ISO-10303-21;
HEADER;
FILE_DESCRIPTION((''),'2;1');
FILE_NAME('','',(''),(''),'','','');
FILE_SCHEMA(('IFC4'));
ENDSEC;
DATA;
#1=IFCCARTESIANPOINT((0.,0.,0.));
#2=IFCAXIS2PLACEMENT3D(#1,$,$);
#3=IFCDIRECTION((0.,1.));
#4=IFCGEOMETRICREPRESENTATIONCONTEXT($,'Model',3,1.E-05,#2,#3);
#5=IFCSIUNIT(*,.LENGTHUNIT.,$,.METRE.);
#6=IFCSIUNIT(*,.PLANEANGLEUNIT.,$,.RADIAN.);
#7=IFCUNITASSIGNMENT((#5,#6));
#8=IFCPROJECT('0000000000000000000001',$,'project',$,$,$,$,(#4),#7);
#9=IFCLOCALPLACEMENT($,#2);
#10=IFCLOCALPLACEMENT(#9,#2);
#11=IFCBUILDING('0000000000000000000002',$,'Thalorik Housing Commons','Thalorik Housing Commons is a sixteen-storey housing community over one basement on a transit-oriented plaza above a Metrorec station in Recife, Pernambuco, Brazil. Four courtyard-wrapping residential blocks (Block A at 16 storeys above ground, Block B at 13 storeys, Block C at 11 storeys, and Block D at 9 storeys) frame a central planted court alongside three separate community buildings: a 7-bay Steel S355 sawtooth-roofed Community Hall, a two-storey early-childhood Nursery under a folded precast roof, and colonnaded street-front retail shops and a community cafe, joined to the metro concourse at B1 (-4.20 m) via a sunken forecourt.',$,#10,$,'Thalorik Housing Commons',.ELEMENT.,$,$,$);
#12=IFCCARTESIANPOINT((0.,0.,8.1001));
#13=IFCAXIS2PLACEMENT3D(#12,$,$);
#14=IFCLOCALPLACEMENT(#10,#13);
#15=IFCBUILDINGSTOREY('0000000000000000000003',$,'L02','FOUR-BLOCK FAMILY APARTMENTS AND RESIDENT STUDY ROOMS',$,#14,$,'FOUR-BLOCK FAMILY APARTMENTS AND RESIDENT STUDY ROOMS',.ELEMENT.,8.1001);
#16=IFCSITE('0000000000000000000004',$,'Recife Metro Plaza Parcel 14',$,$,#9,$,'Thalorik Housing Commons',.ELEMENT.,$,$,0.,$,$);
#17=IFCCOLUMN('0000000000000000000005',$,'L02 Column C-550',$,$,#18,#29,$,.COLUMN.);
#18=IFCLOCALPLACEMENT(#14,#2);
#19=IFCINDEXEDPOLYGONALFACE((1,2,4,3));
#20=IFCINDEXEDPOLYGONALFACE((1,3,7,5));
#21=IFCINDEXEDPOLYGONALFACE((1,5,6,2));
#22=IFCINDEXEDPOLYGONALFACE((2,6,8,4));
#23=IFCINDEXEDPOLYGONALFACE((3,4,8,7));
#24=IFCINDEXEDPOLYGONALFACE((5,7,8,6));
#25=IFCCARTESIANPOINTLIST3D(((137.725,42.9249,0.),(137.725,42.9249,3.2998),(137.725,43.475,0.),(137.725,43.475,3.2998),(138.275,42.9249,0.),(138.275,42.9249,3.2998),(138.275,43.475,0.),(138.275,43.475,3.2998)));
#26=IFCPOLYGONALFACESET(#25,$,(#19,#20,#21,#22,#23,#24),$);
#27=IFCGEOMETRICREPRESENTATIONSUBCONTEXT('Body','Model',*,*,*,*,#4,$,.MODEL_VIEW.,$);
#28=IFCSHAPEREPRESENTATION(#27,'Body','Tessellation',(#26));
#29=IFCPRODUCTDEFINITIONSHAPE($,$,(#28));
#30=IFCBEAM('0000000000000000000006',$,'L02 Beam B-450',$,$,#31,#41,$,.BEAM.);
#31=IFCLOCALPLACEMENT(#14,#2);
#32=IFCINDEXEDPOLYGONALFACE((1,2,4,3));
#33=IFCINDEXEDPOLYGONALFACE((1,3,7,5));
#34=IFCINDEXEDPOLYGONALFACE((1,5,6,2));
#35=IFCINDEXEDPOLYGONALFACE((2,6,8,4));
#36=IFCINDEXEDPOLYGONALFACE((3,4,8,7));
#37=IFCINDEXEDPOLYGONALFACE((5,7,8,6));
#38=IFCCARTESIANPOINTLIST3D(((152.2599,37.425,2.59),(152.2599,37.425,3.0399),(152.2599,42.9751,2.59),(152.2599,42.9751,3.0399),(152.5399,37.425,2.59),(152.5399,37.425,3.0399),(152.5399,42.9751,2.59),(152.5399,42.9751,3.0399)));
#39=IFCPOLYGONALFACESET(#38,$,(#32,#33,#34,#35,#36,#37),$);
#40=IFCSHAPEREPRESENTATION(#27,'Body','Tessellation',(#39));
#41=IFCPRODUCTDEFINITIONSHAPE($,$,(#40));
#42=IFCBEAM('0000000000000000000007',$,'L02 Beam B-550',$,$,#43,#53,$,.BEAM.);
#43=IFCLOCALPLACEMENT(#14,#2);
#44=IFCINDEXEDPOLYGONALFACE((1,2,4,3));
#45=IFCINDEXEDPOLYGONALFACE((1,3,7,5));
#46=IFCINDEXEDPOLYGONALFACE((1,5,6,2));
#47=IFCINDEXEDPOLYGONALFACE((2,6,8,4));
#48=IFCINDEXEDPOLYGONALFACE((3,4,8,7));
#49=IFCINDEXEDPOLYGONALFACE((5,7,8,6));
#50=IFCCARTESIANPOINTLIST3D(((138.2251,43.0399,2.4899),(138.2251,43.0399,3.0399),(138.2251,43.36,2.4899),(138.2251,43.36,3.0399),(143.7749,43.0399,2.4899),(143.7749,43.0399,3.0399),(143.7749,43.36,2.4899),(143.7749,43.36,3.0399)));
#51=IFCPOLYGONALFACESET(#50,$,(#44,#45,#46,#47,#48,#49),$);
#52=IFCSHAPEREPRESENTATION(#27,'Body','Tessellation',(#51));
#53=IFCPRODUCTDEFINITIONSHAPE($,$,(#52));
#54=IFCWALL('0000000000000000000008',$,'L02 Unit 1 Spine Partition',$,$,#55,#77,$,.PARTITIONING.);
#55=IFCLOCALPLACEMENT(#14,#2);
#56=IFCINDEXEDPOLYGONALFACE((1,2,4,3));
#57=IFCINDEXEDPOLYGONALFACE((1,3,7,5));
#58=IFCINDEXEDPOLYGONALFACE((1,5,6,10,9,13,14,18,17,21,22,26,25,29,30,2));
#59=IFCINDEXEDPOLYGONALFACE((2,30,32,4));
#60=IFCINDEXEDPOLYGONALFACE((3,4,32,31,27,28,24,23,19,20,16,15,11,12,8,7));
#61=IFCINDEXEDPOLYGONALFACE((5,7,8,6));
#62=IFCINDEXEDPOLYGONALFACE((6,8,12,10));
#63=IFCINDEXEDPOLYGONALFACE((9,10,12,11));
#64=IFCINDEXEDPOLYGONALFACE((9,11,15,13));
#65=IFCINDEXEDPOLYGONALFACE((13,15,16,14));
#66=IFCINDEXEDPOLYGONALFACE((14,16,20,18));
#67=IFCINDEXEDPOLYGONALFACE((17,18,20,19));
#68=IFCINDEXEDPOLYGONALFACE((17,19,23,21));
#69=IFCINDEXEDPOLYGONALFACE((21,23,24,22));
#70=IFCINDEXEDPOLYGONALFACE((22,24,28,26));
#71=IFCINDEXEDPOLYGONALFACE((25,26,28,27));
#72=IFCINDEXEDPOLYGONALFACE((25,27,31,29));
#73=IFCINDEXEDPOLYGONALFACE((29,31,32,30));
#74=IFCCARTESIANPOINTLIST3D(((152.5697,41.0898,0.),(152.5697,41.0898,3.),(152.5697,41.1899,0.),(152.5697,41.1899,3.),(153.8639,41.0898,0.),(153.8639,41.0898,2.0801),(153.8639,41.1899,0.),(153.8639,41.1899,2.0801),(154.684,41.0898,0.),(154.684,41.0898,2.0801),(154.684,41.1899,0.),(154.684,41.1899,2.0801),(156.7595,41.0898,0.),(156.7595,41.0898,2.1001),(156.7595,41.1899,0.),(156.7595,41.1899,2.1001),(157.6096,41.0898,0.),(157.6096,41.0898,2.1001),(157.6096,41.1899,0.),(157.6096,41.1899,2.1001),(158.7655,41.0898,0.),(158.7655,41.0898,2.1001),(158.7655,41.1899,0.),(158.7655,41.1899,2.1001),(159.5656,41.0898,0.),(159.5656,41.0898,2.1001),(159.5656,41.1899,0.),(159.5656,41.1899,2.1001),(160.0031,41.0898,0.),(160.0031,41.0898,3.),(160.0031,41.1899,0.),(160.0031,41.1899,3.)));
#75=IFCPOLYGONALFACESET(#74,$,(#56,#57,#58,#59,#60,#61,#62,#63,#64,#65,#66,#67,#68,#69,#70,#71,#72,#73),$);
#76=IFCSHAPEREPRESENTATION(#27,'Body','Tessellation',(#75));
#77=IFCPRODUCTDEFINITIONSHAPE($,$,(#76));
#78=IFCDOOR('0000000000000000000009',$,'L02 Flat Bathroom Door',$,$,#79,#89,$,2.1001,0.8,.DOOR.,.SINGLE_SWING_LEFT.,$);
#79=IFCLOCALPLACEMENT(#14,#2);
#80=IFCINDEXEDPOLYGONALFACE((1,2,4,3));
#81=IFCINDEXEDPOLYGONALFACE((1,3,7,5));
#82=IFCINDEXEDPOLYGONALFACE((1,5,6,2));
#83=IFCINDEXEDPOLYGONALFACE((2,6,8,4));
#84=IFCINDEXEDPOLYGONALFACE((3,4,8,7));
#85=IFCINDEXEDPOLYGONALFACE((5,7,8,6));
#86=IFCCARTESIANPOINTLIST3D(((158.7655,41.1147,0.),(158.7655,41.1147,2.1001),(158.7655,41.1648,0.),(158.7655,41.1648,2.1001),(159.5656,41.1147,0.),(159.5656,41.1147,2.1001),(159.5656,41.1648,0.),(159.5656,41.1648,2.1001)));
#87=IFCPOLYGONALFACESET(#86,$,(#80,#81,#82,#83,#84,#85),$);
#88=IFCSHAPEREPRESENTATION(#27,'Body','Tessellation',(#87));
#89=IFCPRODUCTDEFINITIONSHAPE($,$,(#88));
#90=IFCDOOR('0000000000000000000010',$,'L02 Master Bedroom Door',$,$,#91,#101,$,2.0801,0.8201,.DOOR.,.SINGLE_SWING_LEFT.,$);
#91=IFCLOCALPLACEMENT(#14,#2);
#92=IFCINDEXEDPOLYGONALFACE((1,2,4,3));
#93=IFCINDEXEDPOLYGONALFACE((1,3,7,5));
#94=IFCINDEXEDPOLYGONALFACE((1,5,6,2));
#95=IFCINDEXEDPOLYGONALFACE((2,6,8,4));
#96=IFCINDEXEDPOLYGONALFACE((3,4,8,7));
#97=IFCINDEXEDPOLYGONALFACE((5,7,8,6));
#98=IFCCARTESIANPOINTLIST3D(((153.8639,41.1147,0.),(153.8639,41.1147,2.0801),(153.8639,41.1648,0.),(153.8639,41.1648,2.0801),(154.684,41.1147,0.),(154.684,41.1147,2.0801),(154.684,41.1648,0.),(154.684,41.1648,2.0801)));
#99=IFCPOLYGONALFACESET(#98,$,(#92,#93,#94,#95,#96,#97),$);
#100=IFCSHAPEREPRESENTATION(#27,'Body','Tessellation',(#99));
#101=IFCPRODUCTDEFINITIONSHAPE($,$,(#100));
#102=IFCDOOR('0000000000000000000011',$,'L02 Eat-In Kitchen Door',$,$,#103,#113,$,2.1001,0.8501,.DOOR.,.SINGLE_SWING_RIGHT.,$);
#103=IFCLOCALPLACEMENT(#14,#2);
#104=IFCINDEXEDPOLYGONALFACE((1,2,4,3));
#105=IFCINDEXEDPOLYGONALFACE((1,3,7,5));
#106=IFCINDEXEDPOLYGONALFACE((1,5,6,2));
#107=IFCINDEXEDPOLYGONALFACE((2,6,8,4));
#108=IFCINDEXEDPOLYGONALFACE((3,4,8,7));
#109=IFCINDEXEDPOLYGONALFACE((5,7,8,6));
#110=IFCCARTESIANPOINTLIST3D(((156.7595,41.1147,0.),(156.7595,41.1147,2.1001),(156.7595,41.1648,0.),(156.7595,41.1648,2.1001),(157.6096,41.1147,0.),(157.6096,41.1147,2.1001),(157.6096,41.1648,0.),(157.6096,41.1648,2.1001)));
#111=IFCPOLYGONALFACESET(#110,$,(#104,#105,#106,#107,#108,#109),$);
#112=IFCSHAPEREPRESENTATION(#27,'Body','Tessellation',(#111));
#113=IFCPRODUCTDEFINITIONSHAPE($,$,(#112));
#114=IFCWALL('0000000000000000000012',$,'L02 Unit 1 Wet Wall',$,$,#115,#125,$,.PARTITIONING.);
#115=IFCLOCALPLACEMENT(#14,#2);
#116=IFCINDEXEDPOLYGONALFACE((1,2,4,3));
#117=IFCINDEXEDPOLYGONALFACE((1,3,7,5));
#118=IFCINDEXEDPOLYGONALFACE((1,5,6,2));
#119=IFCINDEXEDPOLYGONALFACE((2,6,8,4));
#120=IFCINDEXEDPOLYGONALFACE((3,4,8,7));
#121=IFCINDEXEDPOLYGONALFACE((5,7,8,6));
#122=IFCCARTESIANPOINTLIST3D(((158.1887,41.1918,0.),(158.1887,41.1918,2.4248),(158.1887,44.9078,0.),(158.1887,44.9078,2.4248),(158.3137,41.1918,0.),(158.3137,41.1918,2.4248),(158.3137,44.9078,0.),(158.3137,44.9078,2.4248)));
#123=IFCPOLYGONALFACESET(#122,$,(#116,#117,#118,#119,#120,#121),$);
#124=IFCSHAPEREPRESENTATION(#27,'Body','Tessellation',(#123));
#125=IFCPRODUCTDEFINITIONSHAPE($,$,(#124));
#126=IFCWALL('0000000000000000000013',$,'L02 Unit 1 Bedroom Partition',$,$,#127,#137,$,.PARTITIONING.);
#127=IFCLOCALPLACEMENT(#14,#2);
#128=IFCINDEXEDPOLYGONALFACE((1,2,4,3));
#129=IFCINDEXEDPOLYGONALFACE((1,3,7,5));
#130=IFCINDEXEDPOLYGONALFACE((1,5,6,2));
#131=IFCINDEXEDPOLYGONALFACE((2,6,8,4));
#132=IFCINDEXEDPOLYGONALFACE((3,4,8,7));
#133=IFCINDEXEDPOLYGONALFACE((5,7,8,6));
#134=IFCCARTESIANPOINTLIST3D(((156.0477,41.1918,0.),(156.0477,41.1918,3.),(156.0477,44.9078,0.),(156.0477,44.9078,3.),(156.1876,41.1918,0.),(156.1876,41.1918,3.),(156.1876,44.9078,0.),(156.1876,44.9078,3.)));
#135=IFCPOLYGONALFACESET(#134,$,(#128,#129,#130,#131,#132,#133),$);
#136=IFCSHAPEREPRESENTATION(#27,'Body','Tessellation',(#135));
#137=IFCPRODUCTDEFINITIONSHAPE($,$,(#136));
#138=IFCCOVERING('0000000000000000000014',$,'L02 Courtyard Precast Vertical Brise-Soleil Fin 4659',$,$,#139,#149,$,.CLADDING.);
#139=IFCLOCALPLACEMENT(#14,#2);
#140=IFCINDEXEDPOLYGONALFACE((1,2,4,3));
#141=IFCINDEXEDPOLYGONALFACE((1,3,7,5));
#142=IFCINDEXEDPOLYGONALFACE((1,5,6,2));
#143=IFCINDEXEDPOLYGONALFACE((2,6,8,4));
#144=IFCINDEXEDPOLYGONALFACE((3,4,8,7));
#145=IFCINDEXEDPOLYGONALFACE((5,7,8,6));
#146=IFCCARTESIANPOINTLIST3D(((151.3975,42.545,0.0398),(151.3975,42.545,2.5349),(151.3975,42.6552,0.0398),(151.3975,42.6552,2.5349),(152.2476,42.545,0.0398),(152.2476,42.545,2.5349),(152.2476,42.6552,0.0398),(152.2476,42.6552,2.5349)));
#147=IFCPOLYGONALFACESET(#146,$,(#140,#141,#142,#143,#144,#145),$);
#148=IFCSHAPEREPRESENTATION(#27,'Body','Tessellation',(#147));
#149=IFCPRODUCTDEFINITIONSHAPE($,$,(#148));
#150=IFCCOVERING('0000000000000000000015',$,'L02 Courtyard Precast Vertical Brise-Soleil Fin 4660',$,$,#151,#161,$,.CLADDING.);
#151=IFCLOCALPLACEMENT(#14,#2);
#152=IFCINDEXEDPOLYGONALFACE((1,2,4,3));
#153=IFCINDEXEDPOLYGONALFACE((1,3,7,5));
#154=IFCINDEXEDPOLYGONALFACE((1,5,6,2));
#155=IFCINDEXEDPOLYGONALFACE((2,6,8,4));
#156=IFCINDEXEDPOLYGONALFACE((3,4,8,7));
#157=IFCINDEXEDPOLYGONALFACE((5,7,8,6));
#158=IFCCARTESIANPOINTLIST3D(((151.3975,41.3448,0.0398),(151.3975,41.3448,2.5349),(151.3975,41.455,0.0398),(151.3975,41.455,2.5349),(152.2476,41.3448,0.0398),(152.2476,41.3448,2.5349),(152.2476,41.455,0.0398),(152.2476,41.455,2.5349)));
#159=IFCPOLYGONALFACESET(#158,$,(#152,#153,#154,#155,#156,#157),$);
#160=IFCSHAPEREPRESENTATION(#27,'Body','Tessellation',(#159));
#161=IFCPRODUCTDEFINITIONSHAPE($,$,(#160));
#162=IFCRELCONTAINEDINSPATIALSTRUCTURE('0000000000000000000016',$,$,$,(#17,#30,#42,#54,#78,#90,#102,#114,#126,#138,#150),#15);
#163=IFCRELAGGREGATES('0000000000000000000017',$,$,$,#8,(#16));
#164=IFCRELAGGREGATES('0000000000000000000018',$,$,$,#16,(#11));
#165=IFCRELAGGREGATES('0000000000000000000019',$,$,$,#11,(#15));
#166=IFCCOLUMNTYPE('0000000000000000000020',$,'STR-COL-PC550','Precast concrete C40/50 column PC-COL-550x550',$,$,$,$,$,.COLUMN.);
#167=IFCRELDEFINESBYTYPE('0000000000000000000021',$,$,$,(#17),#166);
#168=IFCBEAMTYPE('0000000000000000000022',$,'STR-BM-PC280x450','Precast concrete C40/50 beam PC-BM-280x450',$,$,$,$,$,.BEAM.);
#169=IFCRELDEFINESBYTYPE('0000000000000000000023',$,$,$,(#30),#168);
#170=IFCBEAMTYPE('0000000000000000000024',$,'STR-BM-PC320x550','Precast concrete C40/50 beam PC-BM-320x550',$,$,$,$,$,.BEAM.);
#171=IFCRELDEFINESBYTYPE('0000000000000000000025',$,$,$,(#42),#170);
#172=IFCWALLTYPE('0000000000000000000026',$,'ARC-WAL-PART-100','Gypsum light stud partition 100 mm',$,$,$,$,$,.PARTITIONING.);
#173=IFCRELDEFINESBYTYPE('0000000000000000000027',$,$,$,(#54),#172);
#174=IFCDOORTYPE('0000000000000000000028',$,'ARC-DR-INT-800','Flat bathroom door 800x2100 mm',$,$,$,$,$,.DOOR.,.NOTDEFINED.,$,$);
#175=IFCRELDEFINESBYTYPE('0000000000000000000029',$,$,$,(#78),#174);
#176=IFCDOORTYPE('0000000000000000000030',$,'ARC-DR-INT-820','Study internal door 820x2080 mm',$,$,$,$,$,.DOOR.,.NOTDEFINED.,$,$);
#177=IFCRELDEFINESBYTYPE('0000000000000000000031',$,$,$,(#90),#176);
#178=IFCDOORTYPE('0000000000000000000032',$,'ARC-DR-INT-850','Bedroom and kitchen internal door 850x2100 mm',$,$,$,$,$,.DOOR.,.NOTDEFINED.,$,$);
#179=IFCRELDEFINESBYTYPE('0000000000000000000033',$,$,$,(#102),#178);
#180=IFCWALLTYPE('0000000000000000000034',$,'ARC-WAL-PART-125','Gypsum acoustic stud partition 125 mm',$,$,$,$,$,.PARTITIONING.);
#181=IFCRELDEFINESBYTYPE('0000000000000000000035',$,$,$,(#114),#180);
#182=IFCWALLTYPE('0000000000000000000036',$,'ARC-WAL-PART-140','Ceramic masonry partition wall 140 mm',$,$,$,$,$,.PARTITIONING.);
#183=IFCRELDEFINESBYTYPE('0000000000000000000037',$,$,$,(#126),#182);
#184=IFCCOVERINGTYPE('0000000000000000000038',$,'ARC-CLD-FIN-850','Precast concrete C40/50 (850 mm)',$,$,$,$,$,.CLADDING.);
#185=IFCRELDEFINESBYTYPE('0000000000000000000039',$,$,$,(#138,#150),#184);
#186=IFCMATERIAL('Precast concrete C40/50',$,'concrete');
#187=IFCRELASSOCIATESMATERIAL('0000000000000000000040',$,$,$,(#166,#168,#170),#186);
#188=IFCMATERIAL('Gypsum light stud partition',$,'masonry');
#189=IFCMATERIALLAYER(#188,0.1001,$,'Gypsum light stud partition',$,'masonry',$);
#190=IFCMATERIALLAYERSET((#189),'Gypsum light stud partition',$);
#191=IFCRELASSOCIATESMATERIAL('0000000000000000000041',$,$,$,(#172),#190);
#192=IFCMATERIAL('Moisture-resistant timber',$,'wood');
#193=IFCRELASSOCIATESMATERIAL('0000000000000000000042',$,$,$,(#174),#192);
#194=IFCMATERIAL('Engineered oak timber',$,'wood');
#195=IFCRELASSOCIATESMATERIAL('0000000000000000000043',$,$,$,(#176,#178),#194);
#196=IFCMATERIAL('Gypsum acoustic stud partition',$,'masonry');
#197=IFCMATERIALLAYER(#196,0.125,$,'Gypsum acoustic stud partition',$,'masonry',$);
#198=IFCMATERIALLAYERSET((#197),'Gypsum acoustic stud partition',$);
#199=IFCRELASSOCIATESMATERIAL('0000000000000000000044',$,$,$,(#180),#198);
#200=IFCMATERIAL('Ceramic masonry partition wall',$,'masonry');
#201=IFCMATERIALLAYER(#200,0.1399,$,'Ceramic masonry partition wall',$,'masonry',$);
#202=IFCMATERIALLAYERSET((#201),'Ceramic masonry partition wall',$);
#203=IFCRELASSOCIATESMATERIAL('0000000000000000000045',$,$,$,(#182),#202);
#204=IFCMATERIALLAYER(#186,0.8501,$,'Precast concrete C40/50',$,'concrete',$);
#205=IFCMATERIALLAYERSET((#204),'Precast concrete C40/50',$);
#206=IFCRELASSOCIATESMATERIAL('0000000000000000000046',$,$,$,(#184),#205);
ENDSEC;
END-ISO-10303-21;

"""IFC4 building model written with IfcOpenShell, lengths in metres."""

from ifc_helpers import new_model, si_unit, direction, frame, frame_2d, origin, origin_2d, place, context, subcontext, project, spatial, rectangle, extrude, material, layer, layer_set, material_profile, profile_set, type_object, element, fill, save


model = new_model("IFC4")

# Units and contexts
model_context = context("Model", 3, precision=1e-05, world=origin(), true_north=direction((0.0, 1.0)))
body_context = subcontext(model_context, "Body", "Model", "MODEL_VIEW")
ifc_project = project(units=[si_unit("LENGTHUNIT", "METRE"), si_unit("PLANEANGLEUNIT", "RADIAN")], contexts=[model_context])

# Site, building, storey
site_placement = place(None, origin())
site = spatial("IfcSite", under=ifc_project, at=site_placement, Name="Recife Metro Plaza Parcel 14", LongName="Thalorik Housing Commons", CompositionType="ELEMENT", RefElevation=0.0)
building_placement = place(site_placement, origin())
building = spatial("IfcBuilding", under=site, at=building_placement, Name="Thalorik Housing Commons", Description="Thalorik Housing Commons is a sixteen-storey housing community over one basement on a transit-oriented plaza above a Metrorec station in Recife, Pernambuco, Brazil. Four courtyard-wrapping residential blocks (Block A at 16 storeys above ground, Block B at 13 storeys, Block C at 11 storeys, and Block D at 9 storeys) frame a central planted court alongside three separate community buildings: a 7-bay Steel S355 sawtooth-roofed Community Hall, a two-storey early-childhood Nursery under a folded precast roof, and colonnaded street-front retail shops and a community cafe, joined to the metro concourse at B1 (-4.20 m) via a sunken forecourt.", LongName="Thalorik Housing Commons", CompositionType="ELEMENT")
storey_placement = place(building_placement, frame((0.0, 0.0, 8.1001)))
storey = spatial("IfcBuildingStorey", under=building, at=storey_placement, Name="L02", Description="FOUR-BLOCK FAMILY APARTMENTS AND RESIDENT STUDY ROOMS", LongName="FOUR-BLOCK FAMILY APARTMENTS AND RESIDENT STUDY ROOMS", CompositionType="ELEMENT", Elevation=8.1001)

# Column
ifc_material_1 = material(Name="Precast concrete C40/50", Category="concrete")
ifc_material_profile_1 = material_profile(ifc_material_1, rectangle(XDim=0.55, YDim=0.55, at=origin_2d()), Name="PC 550x550", Category="concrete")
ifc_profile_set_1 = profile_set([ifc_material_profile_1], Name="Precast concrete C40/50")
column_type = type_object("IfcColumnType", Name="STR-COL-PC550", Description="Precast concrete C40/50 column PC-COL-550x550", PredefinedType="COLUMN", material=ifc_profile_set_1)
column_placement = place(storey_placement, frame((138.0, 43.2, 0.0), z_axis=(0.0, 0.0, 1.0), x_axis=(1.0, 0.0, 0.0)))
element("IfcColumn", 1, at=column_placement, inside=storey, type_object=column_type, Name="L02 Column C-550", PredefinedType="COLUMN", context=body_context, shape_type="SweptSolid", body=[
    extrude(rectangle(XDim=0.55, YDim=0.55, at=origin_2d()), origin(), (0.0, 0.0, 1.0), 3.2998),
])

# Beams
ifc_material_profile_2 = material_profile(ifc_material_1, rectangle(XDim=0.28, YDim=0.45, at=origin_2d()), Name="PC 280x450", Category="concrete")
ifc_profile_set_2 = profile_set([ifc_material_profile_2], Name="Precast concrete C40/50")
beam_type_1 = type_object("IfcBeamType", Name="STR-BM-PC280x450", Description="Precast concrete C40/50 beam PC-BM-280x450", PredefinedType="BEAM", material=ifc_profile_set_2)
beam_1_placement = place(storey_placement, frame((152.3999, 37.425, 2.8149), z_axis=(0.0, 1.0, 0.0), x_axis=(-1.0, 0.0, 0.0)))
element("IfcBeam", 2, at=beam_1_placement, inside=storey, type_object=beam_type_1, Name="L02 Beam B-450", PredefinedType="BEAM", context=body_context, shape_type="SweptSolid", body=[
    extrude(rectangle(XDim=0.28, YDim=0.45, at=origin_2d()), origin(), (0.0, 0.0, 1.0), 5.55),
])
ifc_material_profile_3 = material_profile(ifc_material_1, rectangle(XDim=0.3201, YDim=0.55, at=origin_2d()), Name="PC 320x550", Category="concrete")
ifc_profile_set_3 = profile_set([ifc_material_profile_3], Name="Precast concrete C40/50")
beam_type_2 = type_object("IfcBeamType", Name="STR-BM-PC320x550", Description="Precast concrete C40/50 beam PC-BM-320x550", PredefinedType="BEAM", material=ifc_profile_set_3)
beam_2_placement = place(storey_placement, frame((138.2251, 43.2, 2.7649), z_axis=(1.0, 0.0, 0.0), x_axis=(0.0, 1.0, 0.0)))
element("IfcBeam", 3, at=beam_2_placement, inside=storey, type_object=beam_type_2, Name="L02 Beam B-550", PredefinedType="BEAM", context=body_context, shape_type="SweptSolid", body=[
    extrude(rectangle(XDim=0.3201, YDim=0.55, at=origin_2d()), origin(), (0.0, 0.0, 1.0), 5.5498),
])

# Wall, openings, doors
ifc_material_2 = material(Name="Gypsum light stud partition", Category="masonry")
ifc_layer_1 = layer(ifc_material_2, 0.1001, Name="Gypsum light stud partition", Category="masonry")
ifc_layer_set_1 = layer_set([ifc_layer_1], Name="Gypsum light stud partition")
wall_type_1 = type_object("IfcWallType", Name="ARC-WAL-PART-100", Description="Gypsum light stud partition 100 mm", PredefinedType="PARTITIONING", material=ifc_layer_set_1)
wall_1_placement = place(storey_placement, frame((152.5696, 41.1399, 0.0), z_axis=(0.0, 0.0, 1.0), x_axis=(1.0, 0.0, 0.0)))
wall_1 = element("IfcWall", 4, at=wall_1_placement, inside=storey, type_object=wall_type_1, Name="L02 Unit 1 Spine Partition", PredefinedType="PARTITIONING", context=body_context, shape_type="SweptSolid", body=[
    extrude(rectangle(XDim=7.4333, YDim=0.1001, at=frame_2d((3.7168, 0.0))), origin(), (0.0, 0.0, 1.0), 3.0),
])
opening_1_placement = place(wall_1_placement, frame((1.2942, 0.0, 0.0)))
opening_1 = element("IfcOpeningElement", 5, at=opening_1_placement, cuts=wall_1, PredefinedType="OPENING", context=body_context, shape_type="SweptSolid", body=[
    extrude(rectangle(XDim=0.8201, YDim=2.0801, at=frame_2d((0.4102, 1.04))), frame((0.0, 0.0601, 0.0), z_axis=(0.0, -1.0, 0.0), x_axis=(1.0, 0.0, 0.0)), (0.0, 0.0, 1.0), 0.1201),
])
opening_2_placement = place(wall_1_placement, frame((4.1899, 0.0, 0.0)))
opening_2 = element("IfcOpeningElement", 6, at=opening_2_placement, cuts=wall_1, PredefinedType="OPENING", context=body_context, shape_type="SweptSolid", body=[
    extrude(rectangle(XDim=0.8501, YDim=2.1001, at=frame_2d((0.425, 1.05))), frame((0.0, 0.0601, 0.0), z_axis=(0.0, -1.0, 0.0), x_axis=(1.0, 0.0, 0.0)), (0.0, 0.0, 1.0), 0.1201),
])
opening_3_placement = place(wall_1_placement, frame((6.196, 0.0, 0.0)))
opening_3 = element("IfcOpeningElement", 7, at=opening_3_placement, cuts=wall_1, PredefinedType="OPENING", context=body_context, shape_type="SweptSolid", body=[
    extrude(rectangle(XDim=0.8, YDim=2.1001, at=frame_2d((0.3999, 1.05))), frame((0.0, 0.0601, 0.0), z_axis=(0.0, -1.0, 0.0), x_axis=(1.0, 0.0, 0.0)), (0.0, 0.0, 1.0), 0.1201),
])
ifc_material_3 = material(Name="Moisture-resistant timber", Category="wood")
door_type_1 = type_object("IfcDoorType", Name="ARC-DR-INT-800", Description="Flat bathroom door 800x2100 mm", OperationType="NOTDEFINED", PredefinedType="DOOR", material=ifc_material_3)
door_1_placement = place(opening_3_placement, origin())
door_1 = element("IfcDoor", 8, at=door_1_placement, inside=storey, type_object=door_type_1, Name="L02 Flat Bathroom Door", OperationType="SINGLE_SWING_LEFT", OverallHeight=2.1001, OverallWidth=0.8, PredefinedType="DOOR", context=body_context, shape_type="SweptSolid", body=[
    extrude(rectangle(XDim=0.8, YDim=2.1001, at=frame_2d((0.3999, 1.05))), frame((0.0, 0.0249, 0.0), z_axis=(0.0, -1.0, 0.0), x_axis=(1.0, 0.0, 0.0)), (0.0, 0.0, 1.0), 0.05),
])
fill(opening_3, door_1)
ifc_material_4 = material(Name="Engineered oak timber", Category="wood")
door_type_2 = type_object("IfcDoorType", Name="ARC-DR-INT-820", Description="Study internal door 820x2080 mm", OperationType="NOTDEFINED", PredefinedType="DOOR", material=ifc_material_4)
door_2_placement = place(opening_1_placement, origin())
door_2 = element("IfcDoor", 9, at=door_2_placement, inside=storey, type_object=door_type_2, Name="L02 Master Bedroom Door", OperationType="SINGLE_SWING_LEFT", OverallHeight=2.0801, OverallWidth=0.8201, PredefinedType="DOOR", context=body_context, shape_type="SweptSolid", body=[
    extrude(rectangle(XDim=0.8201, YDim=2.0801, at=frame_2d((0.4102, 1.04))), frame((0.0, 0.0249, 0.0), z_axis=(0.0, -1.0, 0.0), x_axis=(1.0, 0.0, 0.0)), (0.0, 0.0, 1.0), 0.05),
])
fill(opening_1, door_2)
door_type_3 = type_object("IfcDoorType", Name="ARC-DR-INT-850", Description="Bedroom and kitchen internal door 850x2100 mm", OperationType="NOTDEFINED", PredefinedType="DOOR", material=ifc_material_4)
door_3_placement = place(opening_2_placement, origin())
door_3 = element("IfcDoor", 10, at=door_3_placement, inside=storey, type_object=door_type_3, Name="L02 Eat-In Kitchen Door", OperationType="SINGLE_SWING_RIGHT", OverallHeight=2.1001, OverallWidth=0.8501, PredefinedType="DOOR", context=body_context, shape_type="SweptSolid", body=[
    extrude(rectangle(XDim=0.8501, YDim=2.1001, at=frame_2d((0.425, 1.05))), frame((0.0, 0.0249, 0.0), z_axis=(0.0, -1.0, 0.0), x_axis=(1.0, 0.0, 0.0)), (0.0, 0.0, 1.0), 0.05),
])
fill(opening_2, door_3)

# Walls
ifc_material_5 = material(Name="Gypsum acoustic stud partition", Category="masonry")
ifc_layer_2 = layer(ifc_material_5, 0.125, Name="Gypsum acoustic stud partition", Category="masonry")
ifc_layer_set_2 = layer_set([ifc_layer_2], Name="Gypsum acoustic stud partition")
wall_type_2 = type_object("IfcWallType", Name="ARC-WAL-PART-125", Description="Gypsum acoustic stud partition 125 mm", PredefinedType="PARTITIONING", material=ifc_layer_set_2)
wall_2_placement = place(storey_placement, frame((158.2512, 41.1919, 0.0), z_axis=(0.0, 0.0, 1.0), x_axis=(0.0, 1.0, 0.0)))
element("IfcWall", 11, at=wall_2_placement, inside=storey, type_object=wall_type_2, Name="L02 Unit 1 Wet Wall", PredefinedType="PARTITIONING", context=body_context, shape_type="SweptSolid", body=[
    extrude(rectangle(XDim=3.7161, YDim=0.125, at=frame_2d((1.8579, 0.0))), origin(), (0.0, 0.0, 1.0), 2.4248),
])
ifc_material_6 = material(Name="Ceramic masonry partition wall", Category="masonry")
ifc_layer_3 = layer(ifc_material_6, 0.1399, Name="Ceramic masonry partition wall", Category="masonry")
ifc_layer_set_3 = layer_set([ifc_layer_3], Name="Ceramic masonry partition wall")
wall_type_3 = type_object("IfcWallType", Name="ARC-WAL-PART-140", Description="Ceramic masonry partition wall 140 mm", PredefinedType="PARTITIONING", material=ifc_layer_set_3)
wall_3_placement = place(storey_placement, frame((156.1177, 41.1919, 0.0), z_axis=(0.0, 0.0, 1.0), x_axis=(0.0, 1.0, 0.0)))
element("IfcWall", 12, at=wall_3_placement, inside=storey, type_object=wall_type_3, Name="L02 Unit 1 Bedroom Partition", PredefinedType="PARTITIONING", context=body_context, shape_type="SweptSolid", body=[
    extrude(rectangle(XDim=3.7161, YDim=0.1399, at=frame_2d((1.8579, 0.0))), origin(), (0.0, 0.0, 1.0), 3.0),
])

# Coverings
ifc_layer_4 = layer(ifc_material_1, 0.8501, Name="Precast concrete C40/50", Category="concrete")
ifc_layer_set_4 = layer_set([ifc_layer_4], Name="Precast concrete C40/50")
covering_type_1 = type_object("IfcCoveringType", Name="ARC-CLD-FIN-850", Description="Precast concrete C40/50 (850 mm)", PredefinedType="CLADDING", material=ifc_layer_set_4)
for number, where, z_axis, x_axis, name in (
    (13, (151.8225, 42.6001, 0.0398), (0.0, 0.0, 1.0), (0.0, -1.0, 0.0), "L02 Courtyard Precast Vertical Brise-Soleil Fin 4659"),
    (14, (151.8225, 41.3999, 0.0398), (0.0, 0.0, 1.0), (0.0, -1.0, 0.0), "L02 Courtyard Precast Vertical Brise-Soleil Fin 4660"),
):
    element("IfcCovering", number, at=place(storey_placement, frame(where, z_axis=z_axis, x_axis=x_axis)), inside=storey, type_object=covering_type_1, Name=name, PredefinedType="CLADDING", context=body_context, shape_type="SweptSolid", body=[
        extrude(rectangle(XDim=0.1101, YDim=0.8501, at=origin_2d()), origin(), (0.0, 0.0, 1.0), 2.4951),
    ])

save(model, "model.ifc")
